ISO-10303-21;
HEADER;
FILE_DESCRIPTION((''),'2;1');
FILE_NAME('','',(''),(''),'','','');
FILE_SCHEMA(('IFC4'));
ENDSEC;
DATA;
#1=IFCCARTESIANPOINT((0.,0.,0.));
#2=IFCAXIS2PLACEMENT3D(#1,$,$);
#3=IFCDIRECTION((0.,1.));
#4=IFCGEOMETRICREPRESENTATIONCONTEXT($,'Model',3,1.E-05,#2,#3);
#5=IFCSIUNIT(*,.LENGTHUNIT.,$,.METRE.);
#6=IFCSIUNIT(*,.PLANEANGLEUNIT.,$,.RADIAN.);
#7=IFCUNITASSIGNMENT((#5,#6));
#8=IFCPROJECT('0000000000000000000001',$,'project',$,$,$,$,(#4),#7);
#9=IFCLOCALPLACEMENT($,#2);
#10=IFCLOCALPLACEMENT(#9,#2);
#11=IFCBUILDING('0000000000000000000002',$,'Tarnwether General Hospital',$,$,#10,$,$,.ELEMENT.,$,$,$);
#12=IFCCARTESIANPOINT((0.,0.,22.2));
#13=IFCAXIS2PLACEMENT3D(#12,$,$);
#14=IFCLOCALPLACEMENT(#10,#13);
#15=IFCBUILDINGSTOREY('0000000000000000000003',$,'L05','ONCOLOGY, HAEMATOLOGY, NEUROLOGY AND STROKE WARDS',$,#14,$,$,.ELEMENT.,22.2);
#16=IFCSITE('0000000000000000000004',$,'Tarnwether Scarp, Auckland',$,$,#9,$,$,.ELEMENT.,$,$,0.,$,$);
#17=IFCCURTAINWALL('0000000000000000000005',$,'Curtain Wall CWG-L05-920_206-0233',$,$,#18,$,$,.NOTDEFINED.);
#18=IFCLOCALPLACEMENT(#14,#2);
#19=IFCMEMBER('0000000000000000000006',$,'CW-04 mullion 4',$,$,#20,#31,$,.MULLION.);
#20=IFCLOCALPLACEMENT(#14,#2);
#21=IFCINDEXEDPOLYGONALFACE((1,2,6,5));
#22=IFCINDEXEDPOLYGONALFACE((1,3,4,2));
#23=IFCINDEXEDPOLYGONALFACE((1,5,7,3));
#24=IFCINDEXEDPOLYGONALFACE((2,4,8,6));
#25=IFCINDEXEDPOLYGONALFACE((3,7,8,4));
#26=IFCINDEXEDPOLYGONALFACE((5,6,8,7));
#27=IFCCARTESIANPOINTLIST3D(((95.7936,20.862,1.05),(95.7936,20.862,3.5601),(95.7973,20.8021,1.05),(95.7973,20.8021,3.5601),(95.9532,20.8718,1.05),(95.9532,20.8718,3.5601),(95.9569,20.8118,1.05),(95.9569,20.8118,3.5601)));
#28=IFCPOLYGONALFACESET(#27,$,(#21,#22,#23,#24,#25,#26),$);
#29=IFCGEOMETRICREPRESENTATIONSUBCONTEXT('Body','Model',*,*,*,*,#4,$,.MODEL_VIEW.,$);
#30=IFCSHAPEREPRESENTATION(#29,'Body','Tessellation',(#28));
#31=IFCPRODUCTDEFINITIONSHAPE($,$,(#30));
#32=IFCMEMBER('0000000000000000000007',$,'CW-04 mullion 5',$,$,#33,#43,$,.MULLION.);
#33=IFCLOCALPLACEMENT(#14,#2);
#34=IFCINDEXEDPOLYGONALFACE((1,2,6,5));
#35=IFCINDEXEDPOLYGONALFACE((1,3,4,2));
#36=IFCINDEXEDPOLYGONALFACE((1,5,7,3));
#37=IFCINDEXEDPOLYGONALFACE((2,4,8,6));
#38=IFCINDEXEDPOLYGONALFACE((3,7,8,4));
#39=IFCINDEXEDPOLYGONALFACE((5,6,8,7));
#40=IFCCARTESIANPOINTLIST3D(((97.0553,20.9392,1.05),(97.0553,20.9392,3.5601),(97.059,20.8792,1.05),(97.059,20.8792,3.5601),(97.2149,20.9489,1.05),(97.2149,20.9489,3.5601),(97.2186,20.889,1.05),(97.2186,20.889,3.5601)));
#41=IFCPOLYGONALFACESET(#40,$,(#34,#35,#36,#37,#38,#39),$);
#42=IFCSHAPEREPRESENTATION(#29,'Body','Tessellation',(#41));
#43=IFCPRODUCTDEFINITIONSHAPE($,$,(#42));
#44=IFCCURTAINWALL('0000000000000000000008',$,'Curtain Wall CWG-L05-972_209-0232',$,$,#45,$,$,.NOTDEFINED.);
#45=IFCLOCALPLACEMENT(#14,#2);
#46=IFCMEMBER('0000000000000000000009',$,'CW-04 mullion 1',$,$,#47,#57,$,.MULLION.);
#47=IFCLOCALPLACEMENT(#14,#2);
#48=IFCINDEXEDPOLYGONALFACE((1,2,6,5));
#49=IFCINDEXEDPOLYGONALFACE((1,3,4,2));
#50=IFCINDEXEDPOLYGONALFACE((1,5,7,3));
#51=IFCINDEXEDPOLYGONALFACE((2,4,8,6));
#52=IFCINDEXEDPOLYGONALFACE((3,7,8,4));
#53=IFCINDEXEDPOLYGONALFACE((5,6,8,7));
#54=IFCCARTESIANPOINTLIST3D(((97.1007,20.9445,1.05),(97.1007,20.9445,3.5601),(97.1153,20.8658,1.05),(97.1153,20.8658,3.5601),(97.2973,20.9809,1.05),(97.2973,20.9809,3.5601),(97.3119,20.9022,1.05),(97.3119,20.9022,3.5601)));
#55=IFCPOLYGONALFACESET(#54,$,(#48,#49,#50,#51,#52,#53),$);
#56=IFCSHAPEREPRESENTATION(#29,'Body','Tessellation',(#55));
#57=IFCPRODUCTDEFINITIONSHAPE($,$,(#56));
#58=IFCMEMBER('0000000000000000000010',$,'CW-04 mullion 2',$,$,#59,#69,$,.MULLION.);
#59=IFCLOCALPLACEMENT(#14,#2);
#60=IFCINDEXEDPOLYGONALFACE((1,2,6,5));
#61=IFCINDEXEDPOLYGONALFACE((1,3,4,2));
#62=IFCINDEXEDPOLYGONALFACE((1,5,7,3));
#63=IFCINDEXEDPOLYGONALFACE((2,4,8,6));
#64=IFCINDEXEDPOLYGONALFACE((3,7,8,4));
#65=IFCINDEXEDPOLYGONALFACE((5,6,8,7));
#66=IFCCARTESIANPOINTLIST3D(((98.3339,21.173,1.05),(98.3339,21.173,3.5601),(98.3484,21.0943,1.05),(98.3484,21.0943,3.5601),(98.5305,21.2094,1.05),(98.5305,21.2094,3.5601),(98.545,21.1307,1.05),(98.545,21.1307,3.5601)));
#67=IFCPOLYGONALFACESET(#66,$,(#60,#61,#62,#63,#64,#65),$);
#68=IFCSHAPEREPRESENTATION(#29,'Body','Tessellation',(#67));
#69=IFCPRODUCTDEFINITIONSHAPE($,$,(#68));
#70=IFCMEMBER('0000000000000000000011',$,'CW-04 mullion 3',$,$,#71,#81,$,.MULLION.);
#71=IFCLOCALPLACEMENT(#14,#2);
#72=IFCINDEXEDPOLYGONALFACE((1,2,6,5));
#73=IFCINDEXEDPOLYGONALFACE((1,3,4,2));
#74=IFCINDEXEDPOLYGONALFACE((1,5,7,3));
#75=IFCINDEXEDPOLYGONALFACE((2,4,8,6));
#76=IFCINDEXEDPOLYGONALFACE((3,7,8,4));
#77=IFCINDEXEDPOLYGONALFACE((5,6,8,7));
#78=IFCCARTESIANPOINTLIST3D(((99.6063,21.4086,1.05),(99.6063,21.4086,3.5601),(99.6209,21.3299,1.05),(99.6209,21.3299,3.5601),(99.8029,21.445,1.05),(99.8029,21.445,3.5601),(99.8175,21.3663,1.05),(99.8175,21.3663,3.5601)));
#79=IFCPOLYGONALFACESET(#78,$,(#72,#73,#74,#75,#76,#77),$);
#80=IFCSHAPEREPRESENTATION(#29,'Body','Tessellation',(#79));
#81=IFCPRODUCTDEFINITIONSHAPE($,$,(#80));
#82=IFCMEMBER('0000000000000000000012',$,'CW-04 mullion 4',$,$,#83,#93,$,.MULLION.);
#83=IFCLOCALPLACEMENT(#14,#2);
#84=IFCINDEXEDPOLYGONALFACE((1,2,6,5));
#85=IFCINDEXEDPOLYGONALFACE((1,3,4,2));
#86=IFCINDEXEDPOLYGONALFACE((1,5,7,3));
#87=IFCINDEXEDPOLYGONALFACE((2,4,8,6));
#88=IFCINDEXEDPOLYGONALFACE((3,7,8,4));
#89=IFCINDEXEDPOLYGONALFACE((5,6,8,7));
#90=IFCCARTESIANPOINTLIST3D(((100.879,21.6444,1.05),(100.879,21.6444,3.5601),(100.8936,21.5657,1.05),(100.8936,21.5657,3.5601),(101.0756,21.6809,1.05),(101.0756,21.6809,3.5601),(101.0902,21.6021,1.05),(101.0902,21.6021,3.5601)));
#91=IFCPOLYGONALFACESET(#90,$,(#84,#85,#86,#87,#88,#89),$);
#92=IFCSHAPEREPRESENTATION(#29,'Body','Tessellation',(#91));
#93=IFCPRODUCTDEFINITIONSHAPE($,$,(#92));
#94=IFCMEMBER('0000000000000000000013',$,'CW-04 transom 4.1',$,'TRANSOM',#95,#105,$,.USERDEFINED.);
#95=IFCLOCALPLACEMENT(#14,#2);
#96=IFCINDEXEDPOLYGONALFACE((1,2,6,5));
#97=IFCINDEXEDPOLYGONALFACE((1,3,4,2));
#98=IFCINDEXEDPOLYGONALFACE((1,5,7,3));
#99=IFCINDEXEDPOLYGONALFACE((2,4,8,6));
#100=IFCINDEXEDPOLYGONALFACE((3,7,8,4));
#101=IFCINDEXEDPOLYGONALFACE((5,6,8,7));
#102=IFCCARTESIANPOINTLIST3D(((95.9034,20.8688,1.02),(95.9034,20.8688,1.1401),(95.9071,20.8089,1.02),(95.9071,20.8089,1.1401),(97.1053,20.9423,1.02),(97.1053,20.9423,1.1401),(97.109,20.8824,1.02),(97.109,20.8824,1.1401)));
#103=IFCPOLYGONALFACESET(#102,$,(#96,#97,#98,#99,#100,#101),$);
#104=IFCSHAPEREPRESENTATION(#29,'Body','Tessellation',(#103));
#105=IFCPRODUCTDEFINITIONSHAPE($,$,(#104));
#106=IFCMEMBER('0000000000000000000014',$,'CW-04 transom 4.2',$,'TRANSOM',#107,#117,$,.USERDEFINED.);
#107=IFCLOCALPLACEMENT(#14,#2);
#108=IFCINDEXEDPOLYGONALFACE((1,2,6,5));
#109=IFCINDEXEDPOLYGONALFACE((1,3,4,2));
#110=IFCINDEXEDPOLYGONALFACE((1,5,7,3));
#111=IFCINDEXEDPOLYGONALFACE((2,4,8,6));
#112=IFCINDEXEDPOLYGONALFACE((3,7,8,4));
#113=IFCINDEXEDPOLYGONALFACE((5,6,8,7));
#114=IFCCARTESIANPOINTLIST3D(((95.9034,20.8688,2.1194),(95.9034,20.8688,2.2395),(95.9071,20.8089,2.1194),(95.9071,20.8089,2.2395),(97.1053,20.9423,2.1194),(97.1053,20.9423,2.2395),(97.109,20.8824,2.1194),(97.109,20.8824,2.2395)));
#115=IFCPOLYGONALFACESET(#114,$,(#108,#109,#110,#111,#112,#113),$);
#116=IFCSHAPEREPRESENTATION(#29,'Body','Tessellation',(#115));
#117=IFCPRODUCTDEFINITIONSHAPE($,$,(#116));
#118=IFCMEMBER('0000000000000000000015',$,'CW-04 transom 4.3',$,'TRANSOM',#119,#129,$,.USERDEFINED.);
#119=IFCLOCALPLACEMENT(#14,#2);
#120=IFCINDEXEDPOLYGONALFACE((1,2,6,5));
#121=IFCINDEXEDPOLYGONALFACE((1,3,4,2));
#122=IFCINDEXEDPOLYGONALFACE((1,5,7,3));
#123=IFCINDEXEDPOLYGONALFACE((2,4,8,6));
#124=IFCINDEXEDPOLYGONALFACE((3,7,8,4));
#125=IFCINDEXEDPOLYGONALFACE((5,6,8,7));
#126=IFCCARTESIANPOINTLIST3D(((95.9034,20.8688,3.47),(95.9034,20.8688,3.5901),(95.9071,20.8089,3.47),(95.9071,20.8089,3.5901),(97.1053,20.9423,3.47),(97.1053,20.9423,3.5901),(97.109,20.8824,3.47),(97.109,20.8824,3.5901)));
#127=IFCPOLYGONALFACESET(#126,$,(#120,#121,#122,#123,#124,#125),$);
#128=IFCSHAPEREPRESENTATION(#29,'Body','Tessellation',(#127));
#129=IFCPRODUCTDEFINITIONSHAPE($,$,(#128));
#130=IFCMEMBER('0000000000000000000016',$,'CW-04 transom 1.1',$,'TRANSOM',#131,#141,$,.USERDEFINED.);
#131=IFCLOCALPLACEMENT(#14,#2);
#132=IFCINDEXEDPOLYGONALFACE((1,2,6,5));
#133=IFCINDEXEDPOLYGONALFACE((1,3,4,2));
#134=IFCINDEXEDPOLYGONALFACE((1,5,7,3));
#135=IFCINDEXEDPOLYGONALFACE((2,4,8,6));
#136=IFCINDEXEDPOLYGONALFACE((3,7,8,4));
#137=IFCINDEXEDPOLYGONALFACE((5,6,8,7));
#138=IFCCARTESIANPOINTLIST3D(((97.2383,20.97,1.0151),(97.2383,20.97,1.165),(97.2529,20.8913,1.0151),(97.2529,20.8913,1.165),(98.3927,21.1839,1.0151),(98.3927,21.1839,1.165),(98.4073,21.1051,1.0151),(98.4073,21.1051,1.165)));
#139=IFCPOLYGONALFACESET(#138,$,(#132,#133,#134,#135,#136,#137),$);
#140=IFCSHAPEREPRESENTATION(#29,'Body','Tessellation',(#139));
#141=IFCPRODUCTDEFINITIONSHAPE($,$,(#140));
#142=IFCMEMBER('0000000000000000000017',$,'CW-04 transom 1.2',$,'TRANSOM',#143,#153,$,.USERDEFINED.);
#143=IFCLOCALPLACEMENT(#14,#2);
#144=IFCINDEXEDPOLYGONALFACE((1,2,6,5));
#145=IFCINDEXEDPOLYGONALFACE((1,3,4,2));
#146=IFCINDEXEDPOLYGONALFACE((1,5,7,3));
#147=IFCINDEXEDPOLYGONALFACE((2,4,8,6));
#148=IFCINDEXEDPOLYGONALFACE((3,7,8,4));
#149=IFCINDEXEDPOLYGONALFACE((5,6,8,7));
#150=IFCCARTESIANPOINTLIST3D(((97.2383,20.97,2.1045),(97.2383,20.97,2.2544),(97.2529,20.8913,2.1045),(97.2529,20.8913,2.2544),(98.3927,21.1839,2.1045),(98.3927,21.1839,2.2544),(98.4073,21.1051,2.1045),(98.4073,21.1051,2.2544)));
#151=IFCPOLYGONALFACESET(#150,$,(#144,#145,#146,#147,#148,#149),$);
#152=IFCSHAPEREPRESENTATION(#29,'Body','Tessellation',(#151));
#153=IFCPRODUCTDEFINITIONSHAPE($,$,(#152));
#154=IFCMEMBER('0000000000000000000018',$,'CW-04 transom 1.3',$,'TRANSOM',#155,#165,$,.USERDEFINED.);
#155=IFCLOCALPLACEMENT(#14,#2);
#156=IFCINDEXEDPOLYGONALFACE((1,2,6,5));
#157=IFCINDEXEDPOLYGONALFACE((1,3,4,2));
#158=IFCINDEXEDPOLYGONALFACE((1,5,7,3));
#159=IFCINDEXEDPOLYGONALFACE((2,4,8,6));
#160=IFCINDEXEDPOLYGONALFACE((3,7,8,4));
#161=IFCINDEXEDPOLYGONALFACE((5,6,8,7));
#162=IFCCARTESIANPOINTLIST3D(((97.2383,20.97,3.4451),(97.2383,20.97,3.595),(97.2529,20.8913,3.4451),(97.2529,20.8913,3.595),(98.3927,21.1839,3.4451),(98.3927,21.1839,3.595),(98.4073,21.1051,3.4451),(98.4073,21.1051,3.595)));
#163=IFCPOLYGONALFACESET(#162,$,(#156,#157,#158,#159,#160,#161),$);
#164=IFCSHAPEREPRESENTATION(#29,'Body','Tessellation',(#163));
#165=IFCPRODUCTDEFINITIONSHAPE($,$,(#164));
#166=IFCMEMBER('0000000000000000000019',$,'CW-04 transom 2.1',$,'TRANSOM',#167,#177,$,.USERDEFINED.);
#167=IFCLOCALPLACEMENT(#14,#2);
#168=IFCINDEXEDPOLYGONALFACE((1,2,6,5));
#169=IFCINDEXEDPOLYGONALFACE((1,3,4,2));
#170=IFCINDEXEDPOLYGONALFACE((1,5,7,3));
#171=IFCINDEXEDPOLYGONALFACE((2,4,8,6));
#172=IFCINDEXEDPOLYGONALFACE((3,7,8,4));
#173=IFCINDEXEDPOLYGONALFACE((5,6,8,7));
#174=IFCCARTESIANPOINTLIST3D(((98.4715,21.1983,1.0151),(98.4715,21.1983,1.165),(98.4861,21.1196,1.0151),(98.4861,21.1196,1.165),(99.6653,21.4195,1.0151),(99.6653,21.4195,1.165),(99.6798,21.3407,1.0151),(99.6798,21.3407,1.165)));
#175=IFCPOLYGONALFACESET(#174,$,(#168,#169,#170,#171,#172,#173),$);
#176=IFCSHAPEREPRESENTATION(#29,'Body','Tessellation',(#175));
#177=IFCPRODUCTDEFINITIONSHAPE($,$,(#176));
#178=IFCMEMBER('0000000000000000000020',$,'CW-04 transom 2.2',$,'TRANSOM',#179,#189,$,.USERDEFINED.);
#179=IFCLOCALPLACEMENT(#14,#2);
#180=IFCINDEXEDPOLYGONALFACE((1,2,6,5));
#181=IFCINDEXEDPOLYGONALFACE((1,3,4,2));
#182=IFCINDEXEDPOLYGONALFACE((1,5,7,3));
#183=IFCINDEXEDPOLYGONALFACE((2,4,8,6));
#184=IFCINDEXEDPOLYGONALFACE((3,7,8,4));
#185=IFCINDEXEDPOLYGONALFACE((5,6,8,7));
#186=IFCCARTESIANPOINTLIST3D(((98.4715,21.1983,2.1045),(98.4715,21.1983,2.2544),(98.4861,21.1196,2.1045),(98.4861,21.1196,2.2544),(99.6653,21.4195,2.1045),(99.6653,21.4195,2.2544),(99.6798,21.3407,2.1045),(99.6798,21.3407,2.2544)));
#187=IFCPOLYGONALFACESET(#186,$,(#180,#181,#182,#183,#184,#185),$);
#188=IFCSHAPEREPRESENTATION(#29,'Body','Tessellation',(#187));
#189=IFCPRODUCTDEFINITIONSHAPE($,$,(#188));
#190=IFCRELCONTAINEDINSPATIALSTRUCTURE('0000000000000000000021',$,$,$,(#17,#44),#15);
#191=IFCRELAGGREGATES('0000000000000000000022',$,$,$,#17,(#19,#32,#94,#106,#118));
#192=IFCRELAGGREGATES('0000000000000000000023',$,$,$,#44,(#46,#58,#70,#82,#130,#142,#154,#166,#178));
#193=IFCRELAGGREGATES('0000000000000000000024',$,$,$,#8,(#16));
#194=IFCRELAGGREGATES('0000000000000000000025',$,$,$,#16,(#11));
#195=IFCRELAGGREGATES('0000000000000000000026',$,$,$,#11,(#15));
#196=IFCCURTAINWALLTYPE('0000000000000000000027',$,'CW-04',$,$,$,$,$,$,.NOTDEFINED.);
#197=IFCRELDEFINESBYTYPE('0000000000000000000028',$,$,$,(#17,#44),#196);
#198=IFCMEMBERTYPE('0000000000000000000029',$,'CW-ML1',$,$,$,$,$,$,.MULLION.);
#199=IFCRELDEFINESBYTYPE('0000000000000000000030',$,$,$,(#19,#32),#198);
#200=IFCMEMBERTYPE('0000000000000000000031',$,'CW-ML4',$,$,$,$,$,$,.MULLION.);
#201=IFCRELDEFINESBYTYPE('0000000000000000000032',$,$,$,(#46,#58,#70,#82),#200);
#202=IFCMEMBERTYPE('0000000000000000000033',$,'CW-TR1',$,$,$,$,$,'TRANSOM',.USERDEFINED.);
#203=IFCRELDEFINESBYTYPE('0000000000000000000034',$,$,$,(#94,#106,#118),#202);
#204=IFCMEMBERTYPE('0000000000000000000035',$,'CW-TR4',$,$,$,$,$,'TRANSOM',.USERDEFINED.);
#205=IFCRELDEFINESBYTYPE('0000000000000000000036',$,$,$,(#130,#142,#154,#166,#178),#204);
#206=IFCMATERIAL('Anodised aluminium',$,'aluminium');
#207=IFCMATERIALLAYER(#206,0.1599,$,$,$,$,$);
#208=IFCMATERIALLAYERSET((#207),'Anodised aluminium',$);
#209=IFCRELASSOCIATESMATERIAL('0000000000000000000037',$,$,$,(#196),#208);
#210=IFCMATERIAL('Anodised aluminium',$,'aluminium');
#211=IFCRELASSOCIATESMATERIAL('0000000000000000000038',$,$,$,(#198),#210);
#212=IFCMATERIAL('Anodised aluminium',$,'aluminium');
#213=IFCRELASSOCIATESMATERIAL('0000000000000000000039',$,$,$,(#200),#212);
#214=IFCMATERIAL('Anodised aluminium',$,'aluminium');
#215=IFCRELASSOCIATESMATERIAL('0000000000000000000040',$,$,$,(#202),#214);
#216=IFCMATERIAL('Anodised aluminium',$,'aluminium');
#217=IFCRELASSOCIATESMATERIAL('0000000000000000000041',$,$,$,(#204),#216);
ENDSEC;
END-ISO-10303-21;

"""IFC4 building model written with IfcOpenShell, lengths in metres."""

from ifc_helpers import new_model, si_unit, direction, frame, origin, origin_2d, place, context, subcontext, project, spatial, rectangle, extrude, material, layer, layer_set, material_profile, profile_set, type_object, element, aggregate, save


model = new_model("IFC4")

# Units and contexts
model_context = context("Model", 3, precision=1e-05, world=origin(), true_north=direction((0.0, 1.0)))
body_context = subcontext(model_context, "Body", "Model", "MODEL_VIEW")
ifc_project = project(units=[si_unit("LENGTHUNIT", "METRE"), si_unit("PLANEANGLEUNIT", "RADIAN")], contexts=[model_context])

# Site, building, storey
site_placement = place(None, origin())
site = spatial("IfcSite", under=ifc_project, at=site_placement, Name="Tarnwether Scarp, Auckland", CompositionType="ELEMENT", RefElevation=0.0)
building_placement = place(site_placement, origin())
building = spatial("IfcBuilding", under=site, at=building_placement, Name="Tarnwether General Hospital", CompositionType="ELEMENT")
storey_placement = place(building_placement, frame((0.0, 0.0, 22.2)))
storey = spatial("IfcBuildingStorey", under=building, at=storey_placement, Name="L05", Description="ONCOLOGY, HAEMATOLOGY, NEUROLOGY AND STROKE WARDS", CompositionType="ELEMENT", Elevation=22.2)

# Curtain walls, members
ifc_material_1 = material(Name="Anodised aluminium", Category="aluminium")
ifc_layer_1 = layer(ifc_material_1, 0.1599)
ifc_layer_set_1 = layer_set([ifc_layer_1], Name="Anodised aluminium")
curtain_wall_type = type_object("IfcCurtainWallType", Name="CW-04", PredefinedType="NOTDEFINED", material=ifc_layer_set_1)
curtain_wall_1_placement = place(storey_placement, origin())
curtain_wall_1 = element("IfcCurtainWall", 1, at=curtain_wall_1_placement, inside=storey, type_object=curtain_wall_type, Name="Curtain Wall CWG-L05-920_206-0233", PredefinedType="NOTDEFINED")
ifc_material_2 = material(Name="Anodised aluminium", Category="aluminium")
ifc_material_profile_1 = material_profile(ifc_material_2, rectangle(XDim=0.0601, YDim=0.1599, at=origin_2d()), Name="ALU-MUL-60x160")
ifc_profile_set_1 = profile_set([ifc_material_profile_1], Name="Anodised aluminium")
member_type_1 = type_object("IfcMemberType", Name="CW-ML1", PredefinedType="MULLION", material=ifc_profile_set_1)
member_1_placement = place(storey_placement, frame((95.8752, 20.8369, 1.05), z_axis=(0.0, 0.0, 1.0), x_axis=(-0.061043, 0.998135, 0.0)))
member_1 = element("IfcMember", 2, at=member_1_placement, type_object=member_type_1, Name="CW-04 mullion 4", PredefinedType="MULLION", context=body_context, shape_type="SweptSolid", body=[
    extrude(rectangle(XDim=0.0601, YDim=0.1599, at=origin_2d()), origin(), (0.0, 0.0, 1.0), 2.51),
])
member_2_placement = place(storey_placement, frame((97.137, 20.9141, 1.05), z_axis=(0.0, 0.0, 1.0), x_axis=(-0.061043, 0.998135, 0.0)))
member_2 = element("IfcMember", 3, at=member_2_placement, type_object=member_type_1, Name="CW-04 mullion 5", PredefinedType="MULLION", context=body_context, shape_type="SweptSolid", body=[
    extrude(rectangle(XDim=0.0601, YDim=0.1599, at=origin_2d()), origin(), (0.0, 0.0, 1.0), 2.51),
])
curtain_wall_2_placement = place(storey_placement, origin())
curtain_wall_2 = element("IfcCurtainWall", 4, at=curtain_wall_2_placement, inside=storey, type_object=curtain_wall_type, Name="Curtain Wall CWG-L05-972_209-0232", PredefinedType="NOTDEFINED")
ifc_material_3 = material(Name="Anodised aluminium", Category="aluminium")
ifc_material_profile_2 = material_profile(ifc_material_3, rectangle(XDim=0.0801, YDim=0.2, at=origin_2d()), Name="ALU-MUL-80x200")
ifc_profile_set_2 = profile_set([ifc_material_profile_2], Name="Anodised aluminium")
member_type_2 = type_object("IfcMemberType", Name="CW-ML4", PredefinedType="MULLION", material=ifc_profile_set_2)
member_3_placement = place(storey_placement, frame((97.2063, 20.9233, 1.05), z_axis=(0.0, 0.0, 1.0), x_axis=(-0.182165, 0.983268, 0.0)))
member_3 = element("IfcMember", 5, at=member_3_placement, type_object=member_type_2, Name="CW-04 mullion 1", PredefinedType="MULLION", context=body_context, shape_type="SweptSolid", body=[
    extrude(rectangle(XDim=0.0801, YDim=0.2, at=origin_2d()), origin(), (0.0, 0.0, 1.0), 2.51),
])
member_4_placement = place(storey_placement, frame((98.4395, 21.1519, 1.05), z_axis=(0.0, 0.0, 1.0), x_axis=(-0.182165, 0.983268, 0.0)))
member_4 = element("IfcMember", 6, at=member_4_placement, type_object=member_type_2, Name="CW-04 mullion 2", PredefinedType="MULLION", context=body_context, shape_type="SweptSolid", body=[
    extrude(rectangle(XDim=0.0801, YDim=0.2, at=origin_2d()), origin(), (0.0, 0.0, 1.0), 2.51),
])
member_5_placement = place(storey_placement, frame((99.7119, 21.3875, 1.05), z_axis=(0.0, 0.0, 1.0), x_axis=(-0.182165, 0.983268, 0.0)))
member_5 = element("IfcMember", 7, at=member_5_placement, type_object=member_type_2, Name="CW-04 mullion 3", PredefinedType="MULLION", context=body_context, shape_type="SweptSolid", body=[
    extrude(rectangle(XDim=0.0801, YDim=0.2, at=origin_2d()), origin(), (0.0, 0.0, 1.0), 2.51),
])
member_6_placement = place(storey_placement, frame((100.9846, 21.6233, 1.05), z_axis=(0.0, 0.0, 1.0), x_axis=(-0.182165, 0.983268, 0.0)))
member_6 = element("IfcMember", 8, at=member_6_placement, type_object=member_type_2, Name="CW-04 mullion 4", PredefinedType="MULLION", context=body_context, shape_type="SweptSolid", body=[
    extrude(rectangle(XDim=0.0801, YDim=0.2, at=origin_2d()), origin(), (0.0, 0.0, 1.0), 2.51),
])

# Members
ifc_material_4 = material(Name="Anodised aluminium", Category="aluminium")
ifc_material_profile_3 = material_profile(ifc_material_4, rectangle(XDim=0.0601, YDim=0.1201, at=origin_2d()), Name="ALU-TRN-60x120")
ifc_profile_set_3 = profile_set([ifc_material_profile_3], Name="Anodised aluminium")
member_type_3 = type_object("IfcMemberType", Name="CW-TR1", ElementType="TRANSOM", PredefinedType="USERDEFINED", material=ifc_profile_set_3)
member_7_placement = place(storey_placement, frame((95.9053, 20.8389, 1.0801), z_axis=(0.998136, 0.061028, 0.0), x_axis=(-0.061028, 0.998136, 0.0)))
member_7 = element("IfcMember", 9, at=member_7_placement, type_object=member_type_3, Name="CW-04 transom 4.1", ObjectType="TRANSOM", PredefinedType="USERDEFINED", context=body_context, shape_type="SweptSolid", body=[
    extrude(rectangle(XDim=0.0601, YDim=0.1201, at=origin_2d()), origin(), (0.0, 0.0, 1.0), 1.2041),
])
member_8_placement = place(storey_placement, frame((95.9053, 20.8389, 2.1794), z_axis=(0.998136, 0.061028, 0.0), x_axis=(-0.061028, 0.998136, 0.0)))
member_8 = element("IfcMember", 10, at=member_8_placement, type_object=member_type_3, Name="CW-04 transom 4.2", ObjectType="TRANSOM", PredefinedType="USERDEFINED", context=body_context, shape_type="SweptSolid", body=[
    extrude(rectangle(XDim=0.0601, YDim=0.1201, at=origin_2d()), origin(), (0.0, 0.0, 1.0), 1.2041),
])
member_9_placement = place(storey_placement, frame((95.9053, 20.8389, 3.53), z_axis=(0.998136, 0.061028, 0.0), x_axis=(-0.061028, 0.998136, 0.0)))
member_9 = element("IfcMember", 11, at=member_9_placement, type_object=member_type_3, Name="CW-04 transom 4.3", ObjectType="TRANSOM", PredefinedType="USERDEFINED", context=body_context, shape_type="SweptSolid", body=[
    extrude(rectangle(XDim=0.0601, YDim=0.1201, at=origin_2d()), origin(), (0.0, 0.0, 1.0), 1.2041),
])
ifc_material_5 = material(Name="Anodised aluminium", Category="aluminium")
ifc_material_profile_4 = material_profile(ifc_material_5, rectangle(XDim=0.0801, YDim=0.1499, at=origin_2d()), Name="ALU-TRN-80x150")
ifc_profile_set_4 = profile_set([ifc_material_profile_4], Name="Anodised aluminium")
member_type_4 = type_object("IfcMemberType", Name="CW-TR4", ElementType="TRANSOM", PredefinedType="USERDEFINED", material=ifc_profile_set_4)
member_10_placement = place(storey_placement, frame((97.2456, 20.9307, 1.0901), z_axis=(0.983272, 0.182141, 0.0), x_axis=(-0.182141, 0.983272, 0.0)))
member_10 = element("IfcMember", 12, at=member_10_placement, type_object=member_type_4, Name="CW-04 transom 1.1", ObjectType="TRANSOM", PredefinedType="USERDEFINED", context=body_context, shape_type="SweptSolid", body=[
    extrude(rectangle(XDim=0.0801, YDim=0.1499, at=origin_2d()), origin(), (0.0, 0.0, 1.0), 1.1741),
])
member_11_placement = place(storey_placement, frame((97.2456, 20.9307, 2.1794), z_axis=(0.983272, 0.182141, 0.0), x_axis=(-0.182141, 0.983272, 0.0)))
member_11 = element("IfcMember", 13, at=member_11_placement, type_object=member_type_4, Name="CW-04 transom 1.2", ObjectType="TRANSOM", PredefinedType="USERDEFINED", context=body_context, shape_type="SweptSolid", body=[
    extrude(rectangle(XDim=0.0801, YDim=0.1499, at=origin_2d()), origin(), (0.0, 0.0, 1.0), 1.1741),
])
member_12_placement = place(storey_placement, frame((97.2456, 20.9307, 3.52), z_axis=(0.983272, 0.182141, 0.0), x_axis=(-0.182141, 0.983272, 0.0)))
member_12 = element("IfcMember", 14, at=member_12_placement, type_object=member_type_4, Name="CW-04 transom 1.3", ObjectType="TRANSOM", PredefinedType="USERDEFINED", context=body_context, shape_type="SweptSolid", body=[
    extrude(rectangle(XDim=0.0801, YDim=0.1499, at=origin_2d()), origin(), (0.0, 0.0, 1.0), 1.1741),
])
member_13_placement = place(storey_placement, frame((98.4788, 21.1589, 1.0901), z_axis=(0.983266, 0.182176, 0.0), x_axis=(-0.182176, 0.983266, 0.0)))
member_13 = element("IfcMember", 15, at=member_13_placement, type_object=member_type_4, Name="CW-04 transom 2.1", ObjectType="TRANSOM", PredefinedType="USERDEFINED", context=body_context, shape_type="SweptSolid", body=[
    extrude(rectangle(XDim=0.0801, YDim=0.1499, at=origin_2d()), origin(), (0.0, 0.0, 1.0), 1.2141),
])
member_14_placement = place(storey_placement, frame((98.4788, 21.1589, 2.1794), z_axis=(0.983266, 0.182176, 0.0), x_axis=(-0.182176, 0.983266, 0.0)))
member_14 = element("IfcMember", 16, at=member_14_placement, type_object=member_type_4, Name="CW-04 transom 2.2", ObjectType="TRANSOM", PredefinedType="USERDEFINED", context=body_context, shape_type="SweptSolid", body=[
    extrude(rectangle(XDim=0.0801, YDim=0.1499, at=origin_2d()), origin(), (0.0, 0.0, 1.0), 1.2141),
])

aggregate(curtain_wall_1, [member_1, member_2, member_7, member_8, member_9])
aggregate(curtain_wall_2, [member_3, member_4, member_5, member_6, member_10, member_11, member_12, member_13, member_14])

save(model, "model.ifc")
